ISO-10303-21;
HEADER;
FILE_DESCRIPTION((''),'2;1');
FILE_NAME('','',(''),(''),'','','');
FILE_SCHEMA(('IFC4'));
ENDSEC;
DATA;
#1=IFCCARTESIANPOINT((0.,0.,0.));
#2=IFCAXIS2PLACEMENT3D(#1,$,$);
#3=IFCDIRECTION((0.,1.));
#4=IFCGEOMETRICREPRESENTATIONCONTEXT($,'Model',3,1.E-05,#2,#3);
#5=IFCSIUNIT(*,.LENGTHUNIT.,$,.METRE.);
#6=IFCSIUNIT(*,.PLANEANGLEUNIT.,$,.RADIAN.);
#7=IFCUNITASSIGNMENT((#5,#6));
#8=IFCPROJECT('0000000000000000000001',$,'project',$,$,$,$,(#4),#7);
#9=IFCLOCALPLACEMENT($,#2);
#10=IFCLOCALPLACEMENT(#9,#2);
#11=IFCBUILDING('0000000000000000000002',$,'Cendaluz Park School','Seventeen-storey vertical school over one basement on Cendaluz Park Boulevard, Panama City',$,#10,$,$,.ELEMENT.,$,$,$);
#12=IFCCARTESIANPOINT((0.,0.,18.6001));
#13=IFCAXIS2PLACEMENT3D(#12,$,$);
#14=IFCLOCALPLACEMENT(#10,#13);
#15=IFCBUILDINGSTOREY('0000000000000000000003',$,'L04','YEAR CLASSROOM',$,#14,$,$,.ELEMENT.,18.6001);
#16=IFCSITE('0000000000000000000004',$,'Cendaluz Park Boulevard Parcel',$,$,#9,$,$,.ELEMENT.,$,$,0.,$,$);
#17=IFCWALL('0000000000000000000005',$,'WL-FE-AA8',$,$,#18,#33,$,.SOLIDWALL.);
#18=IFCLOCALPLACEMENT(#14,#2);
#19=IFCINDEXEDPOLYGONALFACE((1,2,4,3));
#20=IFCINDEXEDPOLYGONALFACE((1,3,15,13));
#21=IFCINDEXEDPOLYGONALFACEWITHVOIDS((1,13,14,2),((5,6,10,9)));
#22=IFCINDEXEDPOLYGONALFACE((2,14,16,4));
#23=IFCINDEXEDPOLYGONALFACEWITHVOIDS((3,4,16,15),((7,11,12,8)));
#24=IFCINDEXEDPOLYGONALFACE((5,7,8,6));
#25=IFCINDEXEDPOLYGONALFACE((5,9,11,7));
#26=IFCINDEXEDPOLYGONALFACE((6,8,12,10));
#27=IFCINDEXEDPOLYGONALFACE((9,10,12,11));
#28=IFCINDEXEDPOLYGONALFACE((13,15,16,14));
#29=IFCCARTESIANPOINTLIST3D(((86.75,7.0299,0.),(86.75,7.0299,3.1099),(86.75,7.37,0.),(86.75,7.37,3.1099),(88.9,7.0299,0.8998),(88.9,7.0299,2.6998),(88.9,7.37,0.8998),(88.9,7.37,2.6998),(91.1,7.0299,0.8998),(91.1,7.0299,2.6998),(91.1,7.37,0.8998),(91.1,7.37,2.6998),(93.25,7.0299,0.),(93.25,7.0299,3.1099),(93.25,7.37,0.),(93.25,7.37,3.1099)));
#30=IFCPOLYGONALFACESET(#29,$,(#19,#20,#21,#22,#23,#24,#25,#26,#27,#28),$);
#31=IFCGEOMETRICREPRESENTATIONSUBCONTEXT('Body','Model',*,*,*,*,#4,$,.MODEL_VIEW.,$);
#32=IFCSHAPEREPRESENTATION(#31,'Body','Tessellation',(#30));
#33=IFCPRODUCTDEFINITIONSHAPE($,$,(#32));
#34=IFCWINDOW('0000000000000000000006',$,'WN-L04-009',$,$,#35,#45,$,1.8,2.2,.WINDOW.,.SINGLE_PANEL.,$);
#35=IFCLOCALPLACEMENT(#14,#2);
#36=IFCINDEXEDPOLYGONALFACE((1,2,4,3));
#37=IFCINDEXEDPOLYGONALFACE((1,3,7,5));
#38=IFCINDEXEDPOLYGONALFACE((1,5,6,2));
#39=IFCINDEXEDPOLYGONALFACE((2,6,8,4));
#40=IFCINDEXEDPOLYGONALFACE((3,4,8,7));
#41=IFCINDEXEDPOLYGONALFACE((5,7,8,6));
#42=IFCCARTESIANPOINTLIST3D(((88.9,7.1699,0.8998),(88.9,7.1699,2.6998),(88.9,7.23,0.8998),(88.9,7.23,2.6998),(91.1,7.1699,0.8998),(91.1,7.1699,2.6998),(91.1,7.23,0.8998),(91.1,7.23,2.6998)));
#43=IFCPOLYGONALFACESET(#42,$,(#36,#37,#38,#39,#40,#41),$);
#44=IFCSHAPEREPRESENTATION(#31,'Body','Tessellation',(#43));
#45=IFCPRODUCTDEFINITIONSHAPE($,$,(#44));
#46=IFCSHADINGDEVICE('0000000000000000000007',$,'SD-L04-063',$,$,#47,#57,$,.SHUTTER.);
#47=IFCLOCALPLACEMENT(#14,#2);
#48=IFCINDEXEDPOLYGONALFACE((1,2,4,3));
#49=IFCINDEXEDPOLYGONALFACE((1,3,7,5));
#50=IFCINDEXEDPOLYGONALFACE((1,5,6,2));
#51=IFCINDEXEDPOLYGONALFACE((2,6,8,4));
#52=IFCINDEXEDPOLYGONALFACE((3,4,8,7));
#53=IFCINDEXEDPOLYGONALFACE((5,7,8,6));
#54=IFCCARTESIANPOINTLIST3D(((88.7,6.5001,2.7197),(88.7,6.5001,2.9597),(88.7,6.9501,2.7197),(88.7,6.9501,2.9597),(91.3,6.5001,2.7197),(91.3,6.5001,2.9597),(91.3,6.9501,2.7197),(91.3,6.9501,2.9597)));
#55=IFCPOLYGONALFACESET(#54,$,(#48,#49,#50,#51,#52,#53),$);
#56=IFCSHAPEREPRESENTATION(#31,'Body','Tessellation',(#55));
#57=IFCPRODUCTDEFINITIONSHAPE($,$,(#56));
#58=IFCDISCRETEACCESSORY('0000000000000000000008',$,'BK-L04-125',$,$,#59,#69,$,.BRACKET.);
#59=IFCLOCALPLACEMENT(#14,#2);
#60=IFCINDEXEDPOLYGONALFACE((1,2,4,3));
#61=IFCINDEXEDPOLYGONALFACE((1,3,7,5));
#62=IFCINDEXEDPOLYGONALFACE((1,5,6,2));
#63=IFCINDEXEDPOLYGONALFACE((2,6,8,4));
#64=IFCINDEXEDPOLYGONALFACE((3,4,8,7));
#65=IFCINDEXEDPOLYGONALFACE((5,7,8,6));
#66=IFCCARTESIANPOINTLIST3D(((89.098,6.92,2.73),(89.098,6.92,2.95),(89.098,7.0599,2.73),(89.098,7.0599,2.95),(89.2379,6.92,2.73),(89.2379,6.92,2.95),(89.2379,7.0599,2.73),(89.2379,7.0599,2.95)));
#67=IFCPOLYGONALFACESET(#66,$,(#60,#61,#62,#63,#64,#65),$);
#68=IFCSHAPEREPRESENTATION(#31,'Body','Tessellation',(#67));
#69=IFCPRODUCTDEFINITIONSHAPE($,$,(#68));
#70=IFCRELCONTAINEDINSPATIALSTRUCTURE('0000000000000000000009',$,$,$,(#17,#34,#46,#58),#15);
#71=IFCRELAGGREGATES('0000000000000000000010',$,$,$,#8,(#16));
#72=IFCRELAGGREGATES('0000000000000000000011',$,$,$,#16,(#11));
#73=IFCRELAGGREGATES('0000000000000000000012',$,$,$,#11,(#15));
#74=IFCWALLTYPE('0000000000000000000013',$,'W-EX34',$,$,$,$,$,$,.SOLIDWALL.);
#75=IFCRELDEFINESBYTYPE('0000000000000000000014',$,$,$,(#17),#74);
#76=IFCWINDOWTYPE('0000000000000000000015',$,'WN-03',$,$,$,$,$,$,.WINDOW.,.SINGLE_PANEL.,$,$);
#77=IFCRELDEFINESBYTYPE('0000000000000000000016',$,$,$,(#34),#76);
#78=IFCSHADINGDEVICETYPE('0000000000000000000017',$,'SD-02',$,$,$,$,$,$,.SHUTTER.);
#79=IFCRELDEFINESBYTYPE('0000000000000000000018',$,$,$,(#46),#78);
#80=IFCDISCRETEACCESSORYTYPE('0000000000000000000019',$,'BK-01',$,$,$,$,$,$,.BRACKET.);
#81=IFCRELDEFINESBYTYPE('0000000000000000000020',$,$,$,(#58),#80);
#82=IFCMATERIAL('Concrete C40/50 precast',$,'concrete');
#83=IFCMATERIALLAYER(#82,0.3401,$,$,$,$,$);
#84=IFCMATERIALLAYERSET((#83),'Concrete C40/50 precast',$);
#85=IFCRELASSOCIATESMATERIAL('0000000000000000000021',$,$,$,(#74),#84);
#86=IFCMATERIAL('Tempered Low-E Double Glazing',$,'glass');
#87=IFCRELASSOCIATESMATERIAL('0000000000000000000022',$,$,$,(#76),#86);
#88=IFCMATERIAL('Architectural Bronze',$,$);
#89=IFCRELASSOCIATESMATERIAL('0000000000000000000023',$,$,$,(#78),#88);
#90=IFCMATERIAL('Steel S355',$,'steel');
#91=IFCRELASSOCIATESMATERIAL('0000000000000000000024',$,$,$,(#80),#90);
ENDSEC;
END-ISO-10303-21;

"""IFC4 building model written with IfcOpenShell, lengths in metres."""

from ifc_helpers import new_model, si_unit, direction, frame, frame_2d, origin, origin_2d, place, context, subcontext, project, spatial, rectangle, extrude, material, layer, layer_set, type_object, element, fill, save


model = new_model("IFC4")

# Units and contexts
model_context = context("Model", 3, precision=1e-05, world=origin(), true_north=direction((0.0, 1.0)))
body_context = subcontext(model_context, "Body", "Model", "MODEL_VIEW")
ifc_project = project(units=[si_unit("LENGTHUNIT", "METRE"), si_unit("PLANEANGLEUNIT", "RADIAN")], contexts=[model_context])

# Site, building, storey
site_placement = place(None, origin())
site = spatial("IfcSite", under=ifc_project, at=site_placement, Name="Cendaluz Park Boulevard Parcel", CompositionType="ELEMENT", RefElevation=0.0)
building_placement = place(site_placement, origin())
building = spatial("IfcBuilding", under=site, at=building_placement, Name="Cendaluz Park School", Description="Seventeen-storey vertical school over one basement on Cendaluz Park Boulevard, Panama City", CompositionType="ELEMENT")
storey_placement = place(building_placement, frame((0.0, 0.0, 18.6001)))
storey = spatial("IfcBuildingStorey", under=building, at=storey_placement, Name="L04", Description="YEAR CLASSROOM", CompositionType="ELEMENT", Elevation=18.6001)

# Shared definitions
ifc_material_1 = material(Name="Tempered Low-E Double Glazing", Category="glass")

# Wall, opening, window
ifc_material_2 = material(Name="Concrete C40/50 precast", Category="concrete")
ifc_layer_1 = layer(ifc_material_2, 0.3401)
ifc_layer_set_1 = layer_set([ifc_layer_1], Name="Concrete C40/50 precast")
wall_type_1 = type_object("IfcWallType", Name="W-EX34", PredefinedType="SOLIDWALL", material=ifc_layer_set_1)
wall_1_placement = place(storey_placement, frame((86.75, 7.2, 0.0), z_axis=(0.0, 0.0, 1.0), x_axis=(1.0, 0.0, 0.0)))
wall_1 = element("IfcWall", 1, at=wall_1_placement, inside=storey, type_object=wall_type_1, Name="WL-FE-AA8", PredefinedType="SOLIDWALL", context=body_context, shape_type="SweptSolid", body=[
    extrude(rectangle(XDim=6.5, YDim=0.3401, at=frame_2d((3.25, 0.0))), origin(), (0.0, 0.0, 1.0), 3.1099),
])
opening_1_placement = place(wall_1_placement, frame((2.1499, 0.0, 0.8999)))
opening_1 = element("IfcOpeningElement", 2, at=opening_1_placement, cuts=wall_1, PredefinedType="OPENING", context=body_context, shape_type="SweptSolid", body=[
    extrude(rectangle(XDim=2.2, YDim=1.8, at=frame_2d((1.1001, 0.8999))), frame((0.0, 0.1821, 0.0), z_axis=(0.0, -1.0, 0.0), x_axis=(1.0, 0.0, 0.0)), (0.0, 0.0, 1.0), 0.364),
])
window_type = type_object("IfcWindowType", Name="WN-03", PartitioningType="SINGLE_PANEL", PredefinedType="WINDOW", material=ifc_material_1)
window_placement = place(opening_1_placement, origin())
window = element("IfcWindow", 3, at=window_placement, inside=storey, type_object=window_type, Name="WN-L04-009", OverallHeight=1.8, OverallWidth=2.2, PartitioningType="SINGLE_PANEL", PredefinedType="WINDOW", context=body_context, shape_type="SweptSolid", body=[
    extrude(rectangle(XDim=2.2, YDim=1.8, at=frame_2d((1.1001, 0.8999))), frame((0.0, 0.03, 0.0), z_axis=(0.0, -1.0, 0.0), x_axis=(1.0, 0.0, 0.0)), (0.0, 0.0, 1.0), 0.0601),
])
fill(opening_1, window)

# Shading device
ifc_material_3 = material(Name="Architectural Bronze")
shading_device_type = type_object("IfcShadingDeviceType", Name="SD-02", PredefinedType="SHUTTER", material=ifc_material_3)
shading_device_placement = place(storey_placement, frame((90.0, 6.7251, 2.7197), z_axis=(0.0, 0.0, 1.0), x_axis=(1.0, 0.0, 0.0)))
element("IfcShadingDevice", 4, at=shading_device_placement, inside=storey, type_object=shading_device_type, Name="SD-L04-063", PredefinedType="SHUTTER", context=body_context, shape_type="SweptSolid", body=[
    extrude(rectangle(XDim=2.6001, YDim=0.45, at=origin_2d()), origin(), (0.0, 0.0, 1.0), 0.24),
])

# Discrete accessory
ifc_material_4 = material(Name="Steel S355", Category="steel")
discrete_accessory_type = type_object("IfcDiscreteAccessoryType", Name="BK-01", PredefinedType="BRACKET", material=ifc_material_4)
discrete_accessory_placement = place(storey_placement, frame((89.168, 6.99, 2.73), z_axis=(0.0, 0.0, 1.0), x_axis=(1.0, 0.0, 0.0)))
element("IfcDiscreteAccessory", 5, at=discrete_accessory_placement, inside=storey, type_object=discrete_accessory_type, Name="BK-L04-125", PredefinedType="BRACKET", context=body_context, shape_type="SweptSolid", body=[
    extrude(rectangle(XDim=0.1399, YDim=0.1399, at=origin_2d()), origin(), (0.0, 0.0, 1.0), 0.22),
])

save(model, "model.ifc")
